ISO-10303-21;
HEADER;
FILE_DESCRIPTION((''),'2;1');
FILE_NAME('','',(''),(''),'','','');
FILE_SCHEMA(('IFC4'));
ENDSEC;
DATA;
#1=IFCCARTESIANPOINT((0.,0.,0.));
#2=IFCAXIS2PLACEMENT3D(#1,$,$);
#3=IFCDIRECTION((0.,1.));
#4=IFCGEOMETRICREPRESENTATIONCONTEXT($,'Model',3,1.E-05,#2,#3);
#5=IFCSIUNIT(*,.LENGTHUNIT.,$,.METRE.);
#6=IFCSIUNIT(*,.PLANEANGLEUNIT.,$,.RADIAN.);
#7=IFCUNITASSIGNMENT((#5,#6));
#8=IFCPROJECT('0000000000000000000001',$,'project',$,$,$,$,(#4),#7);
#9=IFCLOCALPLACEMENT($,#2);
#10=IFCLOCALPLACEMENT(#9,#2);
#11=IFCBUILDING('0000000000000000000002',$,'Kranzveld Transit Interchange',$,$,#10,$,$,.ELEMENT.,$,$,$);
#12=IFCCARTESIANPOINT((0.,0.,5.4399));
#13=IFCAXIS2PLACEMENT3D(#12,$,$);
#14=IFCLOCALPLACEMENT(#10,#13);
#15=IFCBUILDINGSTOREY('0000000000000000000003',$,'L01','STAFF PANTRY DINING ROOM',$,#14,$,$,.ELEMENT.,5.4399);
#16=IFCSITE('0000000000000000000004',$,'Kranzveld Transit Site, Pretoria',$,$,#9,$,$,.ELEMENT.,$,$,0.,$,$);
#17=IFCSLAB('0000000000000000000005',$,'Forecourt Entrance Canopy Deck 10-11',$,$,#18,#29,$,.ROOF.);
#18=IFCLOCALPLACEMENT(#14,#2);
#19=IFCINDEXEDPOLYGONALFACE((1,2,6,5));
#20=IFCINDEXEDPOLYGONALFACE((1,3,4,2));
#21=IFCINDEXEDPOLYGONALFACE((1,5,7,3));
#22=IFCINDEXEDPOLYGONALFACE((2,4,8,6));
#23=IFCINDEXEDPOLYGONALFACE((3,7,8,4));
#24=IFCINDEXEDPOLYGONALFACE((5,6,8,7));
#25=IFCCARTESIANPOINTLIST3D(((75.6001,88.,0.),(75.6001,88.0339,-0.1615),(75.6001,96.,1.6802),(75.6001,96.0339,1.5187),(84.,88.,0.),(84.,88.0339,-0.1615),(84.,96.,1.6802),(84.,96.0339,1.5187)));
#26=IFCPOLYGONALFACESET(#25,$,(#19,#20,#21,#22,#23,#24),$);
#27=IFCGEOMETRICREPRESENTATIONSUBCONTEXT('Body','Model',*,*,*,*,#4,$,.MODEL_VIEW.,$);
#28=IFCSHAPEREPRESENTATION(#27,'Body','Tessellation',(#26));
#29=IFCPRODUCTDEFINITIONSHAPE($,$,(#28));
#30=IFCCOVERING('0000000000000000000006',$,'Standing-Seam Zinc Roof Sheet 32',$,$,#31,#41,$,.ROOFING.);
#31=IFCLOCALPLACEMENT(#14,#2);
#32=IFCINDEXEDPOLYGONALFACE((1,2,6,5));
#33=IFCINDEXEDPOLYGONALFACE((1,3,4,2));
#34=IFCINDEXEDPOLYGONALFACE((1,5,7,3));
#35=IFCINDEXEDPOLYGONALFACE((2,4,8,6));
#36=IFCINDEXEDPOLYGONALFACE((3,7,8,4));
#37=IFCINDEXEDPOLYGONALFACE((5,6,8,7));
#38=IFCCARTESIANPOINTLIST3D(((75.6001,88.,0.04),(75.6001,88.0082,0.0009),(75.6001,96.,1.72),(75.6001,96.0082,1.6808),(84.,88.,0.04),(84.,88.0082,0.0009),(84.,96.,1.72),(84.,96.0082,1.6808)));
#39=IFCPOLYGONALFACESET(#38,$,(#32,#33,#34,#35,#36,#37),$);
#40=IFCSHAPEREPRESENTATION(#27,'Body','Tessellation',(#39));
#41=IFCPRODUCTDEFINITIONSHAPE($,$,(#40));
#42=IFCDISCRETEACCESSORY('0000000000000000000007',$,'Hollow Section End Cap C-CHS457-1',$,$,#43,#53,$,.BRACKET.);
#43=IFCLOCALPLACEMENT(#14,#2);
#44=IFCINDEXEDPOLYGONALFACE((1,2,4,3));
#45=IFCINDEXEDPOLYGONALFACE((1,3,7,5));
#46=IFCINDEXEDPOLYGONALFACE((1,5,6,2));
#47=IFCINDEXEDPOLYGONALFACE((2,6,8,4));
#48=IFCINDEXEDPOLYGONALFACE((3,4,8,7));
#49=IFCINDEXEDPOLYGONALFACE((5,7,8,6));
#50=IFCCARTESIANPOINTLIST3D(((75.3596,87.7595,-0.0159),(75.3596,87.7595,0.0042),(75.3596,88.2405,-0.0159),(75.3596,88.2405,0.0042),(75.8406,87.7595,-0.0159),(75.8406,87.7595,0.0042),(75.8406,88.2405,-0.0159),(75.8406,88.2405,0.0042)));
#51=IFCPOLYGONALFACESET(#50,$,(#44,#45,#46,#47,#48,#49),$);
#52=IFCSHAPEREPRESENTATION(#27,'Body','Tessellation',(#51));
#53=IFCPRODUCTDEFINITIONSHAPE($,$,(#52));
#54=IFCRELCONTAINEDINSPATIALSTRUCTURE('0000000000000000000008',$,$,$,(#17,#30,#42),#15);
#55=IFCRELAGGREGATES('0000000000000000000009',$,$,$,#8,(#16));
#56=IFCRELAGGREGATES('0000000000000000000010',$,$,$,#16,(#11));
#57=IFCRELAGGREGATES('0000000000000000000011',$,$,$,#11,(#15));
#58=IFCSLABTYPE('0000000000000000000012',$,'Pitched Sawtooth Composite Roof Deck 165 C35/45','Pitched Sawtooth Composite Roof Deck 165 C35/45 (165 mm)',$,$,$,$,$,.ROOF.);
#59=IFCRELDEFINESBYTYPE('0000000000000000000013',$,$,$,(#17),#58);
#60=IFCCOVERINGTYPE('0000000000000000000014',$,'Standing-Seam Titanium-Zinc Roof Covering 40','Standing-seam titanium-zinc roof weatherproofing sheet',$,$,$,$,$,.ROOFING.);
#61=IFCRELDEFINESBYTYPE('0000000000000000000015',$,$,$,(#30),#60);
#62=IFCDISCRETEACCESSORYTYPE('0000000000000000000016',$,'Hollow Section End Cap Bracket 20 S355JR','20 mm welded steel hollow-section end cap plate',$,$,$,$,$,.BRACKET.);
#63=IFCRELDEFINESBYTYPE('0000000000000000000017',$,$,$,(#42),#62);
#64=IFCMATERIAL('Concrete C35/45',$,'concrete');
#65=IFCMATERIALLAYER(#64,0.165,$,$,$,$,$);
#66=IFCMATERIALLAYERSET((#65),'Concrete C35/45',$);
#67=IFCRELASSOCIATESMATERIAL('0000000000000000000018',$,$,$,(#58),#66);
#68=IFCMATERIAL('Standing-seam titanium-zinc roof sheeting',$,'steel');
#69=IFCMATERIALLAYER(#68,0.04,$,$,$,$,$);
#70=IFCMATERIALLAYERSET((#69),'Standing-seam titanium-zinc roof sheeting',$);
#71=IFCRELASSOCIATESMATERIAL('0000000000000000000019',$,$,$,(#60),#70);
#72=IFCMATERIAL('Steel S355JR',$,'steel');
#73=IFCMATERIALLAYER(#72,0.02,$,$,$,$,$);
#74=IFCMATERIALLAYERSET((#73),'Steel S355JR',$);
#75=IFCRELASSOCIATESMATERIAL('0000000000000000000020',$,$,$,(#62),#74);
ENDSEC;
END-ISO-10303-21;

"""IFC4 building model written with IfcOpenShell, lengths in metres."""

from ifc_helpers import new_model, si_unit, direction, frame, origin, origin_2d, place, context, subcontext, project, spatial, polyline, rectangle, outline, extrude, material, layer, layer_set, type_object, element, save


model = new_model("IFC4")

# Units and contexts
model_context = context("Model", 3, precision=1e-05, world=origin(), true_north=direction((0.0, 1.0)))
body_context = subcontext(model_context, "Body", "Model", "MODEL_VIEW")
ifc_project = project(units=[si_unit("LENGTHUNIT", "METRE"), si_unit("PLANEANGLEUNIT", "RADIAN")], contexts=[model_context])

# Site, building, storey
site_placement = place(None, origin())
site = spatial("IfcSite", under=ifc_project, at=site_placement, Name="Kranzveld Transit Site, Pretoria", CompositionType="ELEMENT", RefElevation=0.0)
building_placement = place(site_placement, origin())
building = spatial("IfcBuilding", under=site, at=building_placement, Name="Kranzveld Transit Interchange", CompositionType="ELEMENT")
storey_placement = place(building_placement, frame((0.0, 0.0, 5.4399)))
storey = spatial("IfcBuildingStorey", under=building, at=storey_placement, Name="L01", Description="STAFF PANTRY DINING ROOM", CompositionType="ELEMENT", Elevation=5.4399)

# Slab
ifc_material_1 = material(Name="Concrete C35/45", Category="concrete")
ifc_layer_1 = layer(ifc_material_1, 0.165)
ifc_layer_set_1 = layer_set([ifc_layer_1], Name="Concrete C35/45")
slab_type = type_object("IfcSlabType", Name="Pitched Sawtooth Composite Roof Deck 165 C35/45", Description="Pitched Sawtooth Composite Roof Deck 165 C35/45 (165 mm)", PredefinedType="ROOF", material=ifc_layer_set_1)
slab_placement = place(storey_placement, frame((75.6001, 88.0, 0.0), z_axis=(0.0, -0.205538, 0.978649), x_axis=(1.0, 0.0, 0.0)))
element("IfcSlab", 1, at=slab_placement, inside=storey, type_object=slab_type, Name="Forecourt Entrance Canopy Deck 10-11", PredefinedType="ROOF", context=body_context, shape_type="SweptSolid", body=[
    extrude(outline(polyline([(0.0, 0.0), (8.3999, 0.0), (8.3999, 8.1745), (0.0, 8.1745), (0.0, 0.0)])), origin(), (0.0, 0.0, -1.0), 0.165),
])

# Covering
ifc_material_2 = material(Name="Standing-seam titanium-zinc roof sheeting", Category="steel")
ifc_layer_2 = layer(ifc_material_2, 0.04)
ifc_layer_set_2 = layer_set([ifc_layer_2], Name="Standing-seam titanium-zinc roof sheeting")
covering_type = type_object("IfcCoveringType", Name="Standing-Seam Titanium-Zinc Roof Covering 40", Description="Standing-seam titanium-zinc roof weatherproofing sheet", PredefinedType="ROOFING", material=ifc_layer_set_2)
covering_placement = place(storey_placement, frame((75.6001, 88.0, 0.04), z_axis=(0.0, -0.205509, 0.978655), x_axis=(1.0, 0.0, 0.0)))
element("IfcCovering", 2, at=covering_placement, inside=storey, type_object=covering_type, Name="Standing-Seam Zinc Roof Sheet 32", PredefinedType="ROOFING", context=body_context, shape_type="SweptSolid", body=[
    extrude(outline(polyline([(0.0, 0.0), (8.3999, 0.0), (8.3999, 8.1745), (0.0, 8.1745), (0.0, 0.0)])), origin(), (0.0, 0.0, -1.0), 0.04),
])

# Discrete accessory
ifc_material_3 = material(Name="Steel S355JR", Category="steel")
ifc_layer_3 = layer(ifc_material_3, 0.02)
ifc_layer_set_3 = layer_set([ifc_layer_3], Name="Steel S355JR")
discrete_accessory_type = type_object("IfcDiscreteAccessoryType", Name="Hollow Section End Cap Bracket 20 S355JR", Description="20 mm welded steel hollow-section end cap plate", PredefinedType="BRACKET", material=ifc_layer_set_3)
discrete_accessory_placement = place(storey_placement, frame((75.6001, 88.0, 0.0042), z_axis=(0.0, 0.0, -1.0), x_axis=(1.0, 0.0, 0.0)))
element("IfcDiscreteAccessory", 3, at=discrete_accessory_placement, inside=storey, type_object=discrete_accessory_type, Name="Hollow Section End Cap C-CHS457-1", PredefinedType="BRACKET", context=body_context, shape_type="SweptSolid", body=[
    extrude(rectangle(XDim=0.481, YDim=0.481, at=origin_2d()), origin(), (0.0, 0.0, 1.0), 0.02),
])

save(model, "model.ifc")
